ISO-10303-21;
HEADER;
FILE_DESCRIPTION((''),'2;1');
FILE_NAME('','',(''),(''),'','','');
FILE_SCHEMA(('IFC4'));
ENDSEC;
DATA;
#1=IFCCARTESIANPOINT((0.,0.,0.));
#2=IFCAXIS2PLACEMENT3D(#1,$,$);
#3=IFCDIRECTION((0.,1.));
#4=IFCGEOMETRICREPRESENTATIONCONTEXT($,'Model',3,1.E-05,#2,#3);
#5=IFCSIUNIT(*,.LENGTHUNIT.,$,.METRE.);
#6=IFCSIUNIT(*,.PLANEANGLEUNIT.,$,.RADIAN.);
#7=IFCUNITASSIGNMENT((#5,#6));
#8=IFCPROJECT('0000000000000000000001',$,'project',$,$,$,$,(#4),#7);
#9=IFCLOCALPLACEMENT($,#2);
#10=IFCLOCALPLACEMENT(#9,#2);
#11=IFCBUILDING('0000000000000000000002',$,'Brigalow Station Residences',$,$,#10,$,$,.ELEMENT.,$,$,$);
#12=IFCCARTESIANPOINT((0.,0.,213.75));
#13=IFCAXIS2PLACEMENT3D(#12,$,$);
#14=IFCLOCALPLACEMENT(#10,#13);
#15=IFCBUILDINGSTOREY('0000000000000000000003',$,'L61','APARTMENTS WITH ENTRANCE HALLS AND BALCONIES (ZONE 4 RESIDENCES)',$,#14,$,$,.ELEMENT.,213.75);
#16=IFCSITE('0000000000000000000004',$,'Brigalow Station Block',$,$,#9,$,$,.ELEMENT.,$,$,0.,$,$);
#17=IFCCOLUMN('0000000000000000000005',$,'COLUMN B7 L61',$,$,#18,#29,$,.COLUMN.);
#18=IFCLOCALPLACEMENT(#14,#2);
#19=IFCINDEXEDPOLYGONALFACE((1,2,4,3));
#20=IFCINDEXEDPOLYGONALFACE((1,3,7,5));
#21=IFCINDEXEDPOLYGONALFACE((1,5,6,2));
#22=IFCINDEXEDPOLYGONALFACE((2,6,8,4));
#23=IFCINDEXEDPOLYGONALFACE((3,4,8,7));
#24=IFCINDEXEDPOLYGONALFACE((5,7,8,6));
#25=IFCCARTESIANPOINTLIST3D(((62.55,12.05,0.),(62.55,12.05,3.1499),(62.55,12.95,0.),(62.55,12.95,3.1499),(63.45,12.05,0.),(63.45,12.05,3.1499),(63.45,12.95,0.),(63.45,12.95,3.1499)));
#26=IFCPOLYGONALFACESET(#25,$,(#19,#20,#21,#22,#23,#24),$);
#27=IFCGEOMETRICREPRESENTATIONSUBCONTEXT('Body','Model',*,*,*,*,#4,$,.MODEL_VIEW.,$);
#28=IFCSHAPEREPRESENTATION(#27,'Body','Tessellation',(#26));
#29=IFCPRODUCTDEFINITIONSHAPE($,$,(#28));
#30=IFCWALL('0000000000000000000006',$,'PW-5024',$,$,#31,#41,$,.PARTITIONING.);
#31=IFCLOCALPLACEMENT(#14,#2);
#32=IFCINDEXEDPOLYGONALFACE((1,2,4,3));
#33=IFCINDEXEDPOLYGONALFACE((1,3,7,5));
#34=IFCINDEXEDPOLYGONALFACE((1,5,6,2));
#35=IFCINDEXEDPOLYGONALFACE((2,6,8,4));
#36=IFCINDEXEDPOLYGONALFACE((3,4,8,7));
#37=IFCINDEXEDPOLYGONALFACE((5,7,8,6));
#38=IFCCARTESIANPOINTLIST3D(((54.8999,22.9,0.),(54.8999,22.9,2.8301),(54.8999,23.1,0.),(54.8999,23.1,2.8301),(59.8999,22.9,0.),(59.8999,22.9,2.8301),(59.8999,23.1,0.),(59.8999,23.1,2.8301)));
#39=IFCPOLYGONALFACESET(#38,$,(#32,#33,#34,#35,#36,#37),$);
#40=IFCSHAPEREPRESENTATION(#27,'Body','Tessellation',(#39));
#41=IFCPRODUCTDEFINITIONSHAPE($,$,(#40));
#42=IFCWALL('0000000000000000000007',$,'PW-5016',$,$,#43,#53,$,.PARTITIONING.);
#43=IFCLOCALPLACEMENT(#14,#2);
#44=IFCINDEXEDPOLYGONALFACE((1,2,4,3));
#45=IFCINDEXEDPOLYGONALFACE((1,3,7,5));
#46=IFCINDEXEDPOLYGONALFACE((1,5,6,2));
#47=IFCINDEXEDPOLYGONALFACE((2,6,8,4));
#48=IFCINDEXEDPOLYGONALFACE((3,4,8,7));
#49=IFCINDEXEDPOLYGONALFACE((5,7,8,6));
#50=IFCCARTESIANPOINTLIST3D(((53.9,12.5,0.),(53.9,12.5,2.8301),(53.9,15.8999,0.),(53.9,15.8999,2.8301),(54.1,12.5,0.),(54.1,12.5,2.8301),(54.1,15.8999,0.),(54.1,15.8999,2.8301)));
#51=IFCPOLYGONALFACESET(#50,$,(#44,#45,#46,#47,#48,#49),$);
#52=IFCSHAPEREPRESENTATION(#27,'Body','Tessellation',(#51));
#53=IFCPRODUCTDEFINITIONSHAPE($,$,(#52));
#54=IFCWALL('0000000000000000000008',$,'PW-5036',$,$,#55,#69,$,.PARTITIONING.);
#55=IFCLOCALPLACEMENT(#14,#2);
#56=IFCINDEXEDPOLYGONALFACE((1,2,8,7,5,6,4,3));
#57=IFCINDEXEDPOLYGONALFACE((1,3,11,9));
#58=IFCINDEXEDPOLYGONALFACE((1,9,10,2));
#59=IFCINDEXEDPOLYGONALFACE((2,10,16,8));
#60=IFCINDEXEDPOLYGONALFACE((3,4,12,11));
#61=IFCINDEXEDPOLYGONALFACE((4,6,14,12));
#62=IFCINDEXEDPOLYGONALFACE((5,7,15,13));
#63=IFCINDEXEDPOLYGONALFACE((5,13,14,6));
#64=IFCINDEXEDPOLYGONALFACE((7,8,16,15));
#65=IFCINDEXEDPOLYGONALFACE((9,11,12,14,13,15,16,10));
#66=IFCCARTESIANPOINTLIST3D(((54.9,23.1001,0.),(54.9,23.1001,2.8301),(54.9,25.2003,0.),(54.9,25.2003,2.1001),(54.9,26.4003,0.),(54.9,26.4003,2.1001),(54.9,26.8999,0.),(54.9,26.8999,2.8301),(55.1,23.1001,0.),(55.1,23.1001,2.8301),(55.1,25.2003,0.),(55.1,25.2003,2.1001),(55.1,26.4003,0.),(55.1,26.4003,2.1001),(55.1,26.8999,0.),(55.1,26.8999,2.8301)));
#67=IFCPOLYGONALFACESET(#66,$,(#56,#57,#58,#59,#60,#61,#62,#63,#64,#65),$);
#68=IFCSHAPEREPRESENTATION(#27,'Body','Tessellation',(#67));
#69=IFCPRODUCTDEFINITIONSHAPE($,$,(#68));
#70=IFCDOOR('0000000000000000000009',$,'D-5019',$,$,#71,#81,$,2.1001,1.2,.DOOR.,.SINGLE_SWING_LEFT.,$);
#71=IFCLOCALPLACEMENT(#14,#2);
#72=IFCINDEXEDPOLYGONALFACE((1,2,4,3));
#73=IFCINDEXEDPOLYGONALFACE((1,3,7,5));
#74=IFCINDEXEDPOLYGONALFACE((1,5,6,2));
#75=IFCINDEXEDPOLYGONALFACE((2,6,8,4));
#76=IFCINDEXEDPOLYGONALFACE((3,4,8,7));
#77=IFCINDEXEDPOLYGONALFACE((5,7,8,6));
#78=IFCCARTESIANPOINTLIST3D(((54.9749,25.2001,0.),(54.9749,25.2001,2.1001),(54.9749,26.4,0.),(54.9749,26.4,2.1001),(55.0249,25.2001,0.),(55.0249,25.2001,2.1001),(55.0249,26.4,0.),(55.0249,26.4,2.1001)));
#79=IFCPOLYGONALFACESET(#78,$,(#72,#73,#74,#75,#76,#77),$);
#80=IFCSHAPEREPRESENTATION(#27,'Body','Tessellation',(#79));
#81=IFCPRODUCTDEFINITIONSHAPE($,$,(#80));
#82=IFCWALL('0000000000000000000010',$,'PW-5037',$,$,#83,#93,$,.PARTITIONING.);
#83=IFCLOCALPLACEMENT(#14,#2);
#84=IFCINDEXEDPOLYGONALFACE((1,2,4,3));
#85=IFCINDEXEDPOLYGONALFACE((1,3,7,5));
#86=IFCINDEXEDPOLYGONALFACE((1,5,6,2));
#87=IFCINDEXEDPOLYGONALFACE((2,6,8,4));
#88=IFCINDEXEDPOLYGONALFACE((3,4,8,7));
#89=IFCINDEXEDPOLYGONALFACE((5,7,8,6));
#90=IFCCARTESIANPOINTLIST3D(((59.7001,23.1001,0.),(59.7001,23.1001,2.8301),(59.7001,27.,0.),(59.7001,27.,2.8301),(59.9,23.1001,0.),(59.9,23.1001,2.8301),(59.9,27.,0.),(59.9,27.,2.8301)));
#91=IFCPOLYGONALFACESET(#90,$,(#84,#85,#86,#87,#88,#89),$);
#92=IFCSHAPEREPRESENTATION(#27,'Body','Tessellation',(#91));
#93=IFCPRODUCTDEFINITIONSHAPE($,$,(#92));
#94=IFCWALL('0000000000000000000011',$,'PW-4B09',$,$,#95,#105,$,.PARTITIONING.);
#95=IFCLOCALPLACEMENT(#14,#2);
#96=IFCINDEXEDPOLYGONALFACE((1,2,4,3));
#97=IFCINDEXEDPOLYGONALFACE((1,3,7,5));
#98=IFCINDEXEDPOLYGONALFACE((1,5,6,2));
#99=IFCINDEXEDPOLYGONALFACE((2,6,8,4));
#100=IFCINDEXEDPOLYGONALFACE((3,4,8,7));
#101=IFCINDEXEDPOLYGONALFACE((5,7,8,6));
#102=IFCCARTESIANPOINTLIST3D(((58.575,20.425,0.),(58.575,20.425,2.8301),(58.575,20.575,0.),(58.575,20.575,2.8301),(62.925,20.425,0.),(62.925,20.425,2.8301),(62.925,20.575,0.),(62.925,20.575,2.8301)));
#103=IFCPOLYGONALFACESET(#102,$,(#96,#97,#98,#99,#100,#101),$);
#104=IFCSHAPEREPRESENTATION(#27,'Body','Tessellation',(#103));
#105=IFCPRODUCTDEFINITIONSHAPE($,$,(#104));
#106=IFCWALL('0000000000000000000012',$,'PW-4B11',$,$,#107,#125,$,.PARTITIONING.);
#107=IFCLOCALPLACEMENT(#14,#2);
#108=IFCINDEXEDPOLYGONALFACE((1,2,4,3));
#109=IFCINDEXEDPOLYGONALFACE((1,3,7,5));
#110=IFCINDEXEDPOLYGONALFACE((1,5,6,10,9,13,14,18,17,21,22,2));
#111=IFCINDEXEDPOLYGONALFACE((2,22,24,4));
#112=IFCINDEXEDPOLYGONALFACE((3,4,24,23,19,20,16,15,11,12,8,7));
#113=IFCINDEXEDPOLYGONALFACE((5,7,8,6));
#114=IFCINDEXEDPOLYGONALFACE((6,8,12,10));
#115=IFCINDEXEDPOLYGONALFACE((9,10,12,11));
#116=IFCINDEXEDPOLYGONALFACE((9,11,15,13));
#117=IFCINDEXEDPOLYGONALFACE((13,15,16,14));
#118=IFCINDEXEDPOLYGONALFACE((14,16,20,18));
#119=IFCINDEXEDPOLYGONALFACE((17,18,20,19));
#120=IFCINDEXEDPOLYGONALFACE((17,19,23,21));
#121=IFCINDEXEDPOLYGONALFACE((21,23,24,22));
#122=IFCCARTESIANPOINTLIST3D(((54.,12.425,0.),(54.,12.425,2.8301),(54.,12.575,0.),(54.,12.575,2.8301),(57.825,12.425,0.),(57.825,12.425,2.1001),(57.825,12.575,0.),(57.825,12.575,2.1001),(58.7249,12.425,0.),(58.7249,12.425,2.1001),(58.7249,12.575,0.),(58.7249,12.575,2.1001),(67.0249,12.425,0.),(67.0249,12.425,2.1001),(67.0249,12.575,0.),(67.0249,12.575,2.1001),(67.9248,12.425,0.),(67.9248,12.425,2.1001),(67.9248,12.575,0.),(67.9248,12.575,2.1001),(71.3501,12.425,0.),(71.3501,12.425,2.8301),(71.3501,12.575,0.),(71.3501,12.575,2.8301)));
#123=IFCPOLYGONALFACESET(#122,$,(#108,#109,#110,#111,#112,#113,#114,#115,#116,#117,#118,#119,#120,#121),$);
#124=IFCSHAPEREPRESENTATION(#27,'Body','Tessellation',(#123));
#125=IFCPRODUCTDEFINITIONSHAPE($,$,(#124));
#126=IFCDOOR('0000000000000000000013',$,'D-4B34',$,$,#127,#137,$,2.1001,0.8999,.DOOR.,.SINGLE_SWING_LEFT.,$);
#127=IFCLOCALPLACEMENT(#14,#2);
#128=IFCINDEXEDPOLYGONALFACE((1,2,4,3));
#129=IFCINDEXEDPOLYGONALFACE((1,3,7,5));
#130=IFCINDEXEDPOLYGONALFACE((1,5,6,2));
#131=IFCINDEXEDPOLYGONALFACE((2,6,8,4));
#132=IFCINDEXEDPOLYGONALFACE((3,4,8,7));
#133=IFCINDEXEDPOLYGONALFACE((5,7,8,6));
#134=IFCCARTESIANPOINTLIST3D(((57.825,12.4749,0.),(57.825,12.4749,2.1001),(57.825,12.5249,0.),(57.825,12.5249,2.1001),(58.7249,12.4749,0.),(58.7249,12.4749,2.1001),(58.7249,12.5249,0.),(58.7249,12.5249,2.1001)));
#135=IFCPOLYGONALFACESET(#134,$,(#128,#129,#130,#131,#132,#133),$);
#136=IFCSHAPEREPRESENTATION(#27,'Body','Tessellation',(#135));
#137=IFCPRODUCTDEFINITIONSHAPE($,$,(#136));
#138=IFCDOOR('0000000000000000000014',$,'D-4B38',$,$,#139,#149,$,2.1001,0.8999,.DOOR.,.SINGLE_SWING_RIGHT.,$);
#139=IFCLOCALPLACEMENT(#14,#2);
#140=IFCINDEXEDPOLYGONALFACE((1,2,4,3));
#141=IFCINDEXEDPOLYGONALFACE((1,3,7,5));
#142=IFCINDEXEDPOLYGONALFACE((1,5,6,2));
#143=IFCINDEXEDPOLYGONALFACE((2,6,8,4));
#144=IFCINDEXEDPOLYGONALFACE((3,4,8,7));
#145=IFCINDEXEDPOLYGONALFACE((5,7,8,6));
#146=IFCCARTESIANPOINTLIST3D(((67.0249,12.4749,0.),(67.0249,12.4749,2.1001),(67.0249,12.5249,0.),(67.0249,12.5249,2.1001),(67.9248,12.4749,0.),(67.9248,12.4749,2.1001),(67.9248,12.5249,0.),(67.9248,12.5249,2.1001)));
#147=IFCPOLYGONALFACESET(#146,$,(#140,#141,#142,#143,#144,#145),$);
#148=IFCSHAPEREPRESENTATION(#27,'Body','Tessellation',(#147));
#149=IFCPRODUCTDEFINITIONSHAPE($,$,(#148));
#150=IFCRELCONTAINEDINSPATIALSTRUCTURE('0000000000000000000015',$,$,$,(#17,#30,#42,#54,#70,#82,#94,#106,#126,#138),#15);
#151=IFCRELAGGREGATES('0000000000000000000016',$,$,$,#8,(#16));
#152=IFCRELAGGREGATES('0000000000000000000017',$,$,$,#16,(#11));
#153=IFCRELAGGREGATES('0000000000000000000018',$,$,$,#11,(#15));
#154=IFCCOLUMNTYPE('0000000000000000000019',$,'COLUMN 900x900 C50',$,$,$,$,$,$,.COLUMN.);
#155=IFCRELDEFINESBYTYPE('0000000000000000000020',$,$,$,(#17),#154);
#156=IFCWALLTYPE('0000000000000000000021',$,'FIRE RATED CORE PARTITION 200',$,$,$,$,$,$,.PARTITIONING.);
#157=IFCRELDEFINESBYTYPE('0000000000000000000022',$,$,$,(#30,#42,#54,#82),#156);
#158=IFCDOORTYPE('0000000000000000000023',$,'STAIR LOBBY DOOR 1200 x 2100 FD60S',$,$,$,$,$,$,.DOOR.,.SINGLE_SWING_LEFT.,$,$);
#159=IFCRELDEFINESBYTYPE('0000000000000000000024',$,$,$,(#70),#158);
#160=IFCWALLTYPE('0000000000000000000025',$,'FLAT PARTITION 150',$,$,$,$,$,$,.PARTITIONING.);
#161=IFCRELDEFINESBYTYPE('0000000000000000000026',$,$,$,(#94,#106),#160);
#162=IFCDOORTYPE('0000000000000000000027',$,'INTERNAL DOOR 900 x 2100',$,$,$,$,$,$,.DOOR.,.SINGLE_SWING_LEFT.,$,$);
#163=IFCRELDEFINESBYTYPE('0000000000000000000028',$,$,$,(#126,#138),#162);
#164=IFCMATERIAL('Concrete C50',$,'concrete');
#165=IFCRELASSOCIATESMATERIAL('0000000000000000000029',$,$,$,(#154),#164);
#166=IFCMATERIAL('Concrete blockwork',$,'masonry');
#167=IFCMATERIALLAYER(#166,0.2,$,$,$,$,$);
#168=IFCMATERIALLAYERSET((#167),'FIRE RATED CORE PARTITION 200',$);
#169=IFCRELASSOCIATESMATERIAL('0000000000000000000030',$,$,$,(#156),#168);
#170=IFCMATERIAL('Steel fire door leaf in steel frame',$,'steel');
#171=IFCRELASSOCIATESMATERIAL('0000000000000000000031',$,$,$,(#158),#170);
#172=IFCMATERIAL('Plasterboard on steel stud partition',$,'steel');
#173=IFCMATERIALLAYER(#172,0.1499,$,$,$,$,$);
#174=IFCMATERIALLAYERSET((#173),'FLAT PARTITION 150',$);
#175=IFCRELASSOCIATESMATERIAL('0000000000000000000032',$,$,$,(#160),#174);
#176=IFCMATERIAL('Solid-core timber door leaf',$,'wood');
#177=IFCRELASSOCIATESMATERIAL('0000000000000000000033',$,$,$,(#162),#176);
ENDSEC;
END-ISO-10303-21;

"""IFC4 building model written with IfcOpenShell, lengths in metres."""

from ifc_helpers import new_model, si_unit, direction, frame, frame_2d, origin, origin_2d, place, context, subcontext, project, spatial, rectangle, extrude, material, layer, layer_set, material_profile, profile_set, type_object, element, fill, save


model = new_model("IFC4")

# Units and contexts
model_context = context("Model", 3, precision=1e-05, world=origin(), true_north=direction((0.0, 1.0)))
body_context = subcontext(model_context, "Body", "Model", "MODEL_VIEW")
ifc_project = project(units=[si_unit("LENGTHUNIT", "METRE"), si_unit("PLANEANGLEUNIT", "RADIAN")], contexts=[model_context])

# Site, building, storey
site_placement = place(None, origin())
site = spatial("IfcSite", under=ifc_project, at=site_placement, Name="Brigalow Station Block", CompositionType="ELEMENT", RefElevation=0.0)
building_placement = place(site_placement, origin())
building = spatial("IfcBuilding", under=site, at=building_placement, Name="Brigalow Station Residences", CompositionType="ELEMENT")
storey_placement = place(building_placement, frame((0.0, 0.0, 213.75)))
storey = spatial("IfcBuildingStorey", under=building, at=storey_placement, Name="L61", Description="APARTMENTS WITH ENTRANCE HALLS AND BALCONIES (ZONE 4 RESIDENCES)", CompositionType="ELEMENT", Elevation=213.75)

# Column
ifc_material_1 = material(Name="Concrete C50", Category="concrete")
ifc_material_profile = material_profile(ifc_material_1, rectangle(XDim=0.8999, YDim=0.8999, at=origin_2d()), Name="RC900x900")
ifc_profile_set = profile_set([ifc_material_profile], Name="Concrete C50")
column_type = type_object("IfcColumnType", Name="COLUMN 900x900 C50", PredefinedType="COLUMN", material=ifc_profile_set)
column_placement = place(storey_placement, frame((63.0, 12.5, 0.0), z_axis=(0.0, 0.0, 1.0), x_axis=(1.0, 0.0, 0.0)))
element("IfcColumn", 1, at=column_placement, inside=storey, type_object=column_type, Name="COLUMN B7 L61", PredefinedType="COLUMN", context=body_context, shape_type="SweptSolid", body=[
    extrude(rectangle(XDim=0.8999, YDim=0.8999, at=origin_2d()), origin(), (0.0, 0.0, 1.0), 3.1499),
])

# Walls
ifc_material_2 = material(Name="Concrete blockwork", Category="masonry")
ifc_layer_1 = layer(ifc_material_2, 0.2)
ifc_layer_set_1 = layer_set([ifc_layer_1], Name="FIRE RATED CORE PARTITION 200")
wall_type_1 = type_object("IfcWallType", Name="FIRE RATED CORE PARTITION 200", PredefinedType="PARTITIONING", material=ifc_layer_set_1)
wall_1_placement = place(storey_placement, frame((54.8999, 23.0, 0.0), z_axis=(0.0, 0.0, 1.0), x_axis=(1.0, 0.0, 0.0)))
element("IfcWall", 2, at=wall_1_placement, inside=storey, type_object=wall_type_1, Name="PW-5024", PredefinedType="PARTITIONING", context=body_context, shape_type="SweptSolid", body=[
    extrude(rectangle(XDim=5.0, YDim=0.2, at=frame_2d((2.5, 0.0))), origin(), (0.0, 0.0, 1.0), 2.8301),
])
wall_2_placement = place(storey_placement, frame((54.0, 12.5, 0.0), z_axis=(0.0, 0.0, 1.0), x_axis=(0.0, 1.0, 0.0)))
element("IfcWall", 3, at=wall_2_placement, inside=storey, type_object=wall_type_1, Name="PW-5016", PredefinedType="PARTITIONING", context=body_context, shape_type="SweptSolid", body=[
    extrude(rectangle(XDim=3.3999, YDim=0.2, at=frame_2d((1.7, 0.0))), origin(), (0.0, 0.0, 1.0), 2.8301),
])

# Wall, opening, door
wall_3_placement = place(storey_placement, frame((55.0, 23.1001, 0.0), z_axis=(0.0, 0.0, 1.0), x_axis=(0.0, 1.0, 0.0)))
wall_3 = element("IfcWall", 4, at=wall_3_placement, inside=storey, type_object=wall_type_1, Name="PW-5036", PredefinedType="PARTITIONING", context=body_context, shape_type="SweptSolid", body=[
    extrude(rectangle(XDim=3.7998, YDim=0.2, at=frame_2d((1.8999, 0.0))), origin(), (0.0, 0.0, 1.0), 2.8301),
])
opening_1_placement = place(wall_3_placement, frame((2.1001, 0.0, 0.0)))
opening_1 = element("IfcOpeningElement", 5, at=opening_1_placement, cuts=wall_3, PredefinedType="OPENING", context=body_context, shape_type="SweptSolid", body=[
    extrude(rectangle(XDim=1.2, YDim=2.1001, at=frame_2d((0.6001, 1.05))), frame((0.0, 0.1099, 0.0), z_axis=(0.0, -1.0, 0.0), x_axis=(1.0, 0.0, 0.0)), (0.0, 0.0, 1.0), 0.22),
])
ifc_material_3 = material(Name="Steel fire door leaf in steel frame", Category="steel")
door_type_1 = type_object("IfcDoorType", Name="STAIR LOBBY DOOR 1200 x 2100 FD60S", OperationType="SINGLE_SWING_LEFT", PredefinedType="DOOR", material=ifc_material_3)
door_1_placement = place(opening_1_placement, frame((1.2, 0.0, 0.0), z_axis=(0.0, 0.0, 1.0), x_axis=(-1.0, 0.0, 0.0)))
door_1 = element("IfcDoor", 6, at=door_1_placement, inside=storey, type_object=door_type_1, Name="D-5019", OperationType="SINGLE_SWING_LEFT", OverallHeight=2.1001, OverallWidth=1.2, PredefinedType="DOOR", context=body_context, shape_type="SweptSolid", body=[
    extrude(rectangle(XDim=1.2, YDim=2.1001, at=frame_2d((0.6001, 1.05))), frame((0.0, 0.0249, 0.0), z_axis=(0.0, -1.0, 0.0), x_axis=(1.0, 0.0, 0.0)), (0.0, 0.0, 1.0), 0.05),
])
fill(opening_1, door_1)

# Walls
wall_4_placement = place(storey_placement, frame((59.8, 23.1001, 0.0), z_axis=(0.0, 0.0, 1.0), x_axis=(0.0, 1.0, 0.0)))
element("IfcWall", 7, at=wall_4_placement, inside=storey, type_object=wall_type_1, Name="PW-5037", PredefinedType="PARTITIONING", context=body_context, shape_type="SweptSolid", body=[
    extrude(rectangle(XDim=3.8999, YDim=0.2, at=frame_2d((1.95, 0.0))), origin(), (0.0, 0.0, 1.0), 2.8301),
])
ifc_material_4 = material(Name="Plasterboard on steel stud partition", Category="steel")
ifc_layer_2 = layer(ifc_material_4, 0.1499)
ifc_layer_set_2 = layer_set([ifc_layer_2], Name="FLAT PARTITION 150")
wall_type_2 = type_object("IfcWallType", Name="FLAT PARTITION 150", PredefinedType="PARTITIONING", material=ifc_layer_set_2)
wall_5_placement = place(storey_placement, frame((58.575, 20.5, 0.0), z_axis=(0.0, 0.0, 1.0), x_axis=(1.0, 0.0, 0.0)))
element("IfcWall", 8, at=wall_5_placement, inside=storey, type_object=wall_type_2, Name="PW-4B09", PredefinedType="PARTITIONING", context=body_context, shape_type="SweptSolid", body=[
    extrude(rectangle(XDim=4.3501, YDim=0.1499, at=frame_2d((2.175, 0.0))), origin(), (0.0, 0.0, 1.0), 2.8301),
])

# Wall, openings, doors
wall_6_placement = place(storey_placement, frame((54.0, 12.5, 0.0), z_axis=(0.0, 0.0, 1.0), x_axis=(1.0, 0.0, 0.0)))
wall_6 = element("IfcWall", 9, at=wall_6_placement, inside=storey, type_object=wall_type_2, Name="PW-4B11", PredefinedType="PARTITIONING", context=body_context, shape_type="SweptSolid", body=[
    extrude(rectangle(XDim=17.3501, YDim=0.1499, at=frame_2d((8.675, 0.0))), origin(), (0.0, 0.0, 1.0), 2.8301),
])
opening_2_placement = place(wall_6_placement, frame((3.825, 0.0, 0.0)))
opening_2 = element("IfcOpeningElement", 10, at=opening_2_placement, cuts=wall_6, PredefinedType="OPENING", context=body_context, shape_type="SweptSolid", body=[
    extrude(rectangle(XDim=0.8999, YDim=2.1001, at=frame_2d((0.45, 1.05))), frame((0.0, 0.085, 0.0), z_axis=(0.0, -1.0, 0.0), x_axis=(1.0, 0.0, 0.0)), (0.0, 0.0, 1.0), 0.1699),
])
opening_3_placement = place(wall_6_placement, frame((13.0249, 0.0, 0.0)))
opening_3 = element("IfcOpeningElement", 11, at=opening_3_placement, cuts=wall_6, PredefinedType="OPENING", context=body_context, shape_type="SweptSolid", body=[
    extrude(rectangle(XDim=0.8999, YDim=2.1001, at=frame_2d((0.45, 1.05))), frame((0.0, 0.085, 0.0), z_axis=(0.0, -1.0, 0.0), x_axis=(1.0, 0.0, 0.0)), (0.0, 0.0, 1.0), 0.1699),
])
ifc_material_5 = material(Name="Solid-core timber door leaf", Category="wood")
door_type_2 = type_object("IfcDoorType", Name="INTERNAL DOOR 900 x 2100", OperationType="SINGLE_SWING_LEFT", PredefinedType="DOOR", material=ifc_material_5)
door_2_placement = place(opening_2_placement, origin())
door_2 = element("IfcDoor", 12, at=door_2_placement, inside=storey, type_object=door_type_2, Name="D-4B34", OperationType="SINGLE_SWING_LEFT", OverallHeight=2.1001, OverallWidth=0.8999, PredefinedType="DOOR", context=body_context, shape_type="SweptSolid", body=[
    extrude(rectangle(XDim=0.8999, YDim=2.1001, at=frame_2d((0.45, 1.05))), frame((0.0, 0.0249, 0.0), z_axis=(0.0, -1.0, 0.0), x_axis=(1.0, 0.0, 0.0)), (0.0, 0.0, 1.0), 0.05),
])
fill(opening_2, door_2)
door_3_placement = place(opening_3_placement, origin())
door_3 = element("IfcDoor", 13, at=door_3_placement, inside=storey, type_object=door_type_2, Name="D-4B38", OperationType="SINGLE_SWING_RIGHT", OverallHeight=2.1001, OverallWidth=0.8999, PredefinedType="DOOR", context=body_context, shape_type="SweptSolid", body=[
    extrude(rectangle(XDim=0.8999, YDim=2.1001, at=frame_2d((0.45, 1.05))), frame((0.0, 0.0249, 0.0), z_axis=(0.0, -1.0, 0.0), x_axis=(1.0, 0.0, 0.0)), (0.0, 0.0, 1.0), 0.05),
])
fill(opening_3, door_3)

save(model, "model.ifc")
